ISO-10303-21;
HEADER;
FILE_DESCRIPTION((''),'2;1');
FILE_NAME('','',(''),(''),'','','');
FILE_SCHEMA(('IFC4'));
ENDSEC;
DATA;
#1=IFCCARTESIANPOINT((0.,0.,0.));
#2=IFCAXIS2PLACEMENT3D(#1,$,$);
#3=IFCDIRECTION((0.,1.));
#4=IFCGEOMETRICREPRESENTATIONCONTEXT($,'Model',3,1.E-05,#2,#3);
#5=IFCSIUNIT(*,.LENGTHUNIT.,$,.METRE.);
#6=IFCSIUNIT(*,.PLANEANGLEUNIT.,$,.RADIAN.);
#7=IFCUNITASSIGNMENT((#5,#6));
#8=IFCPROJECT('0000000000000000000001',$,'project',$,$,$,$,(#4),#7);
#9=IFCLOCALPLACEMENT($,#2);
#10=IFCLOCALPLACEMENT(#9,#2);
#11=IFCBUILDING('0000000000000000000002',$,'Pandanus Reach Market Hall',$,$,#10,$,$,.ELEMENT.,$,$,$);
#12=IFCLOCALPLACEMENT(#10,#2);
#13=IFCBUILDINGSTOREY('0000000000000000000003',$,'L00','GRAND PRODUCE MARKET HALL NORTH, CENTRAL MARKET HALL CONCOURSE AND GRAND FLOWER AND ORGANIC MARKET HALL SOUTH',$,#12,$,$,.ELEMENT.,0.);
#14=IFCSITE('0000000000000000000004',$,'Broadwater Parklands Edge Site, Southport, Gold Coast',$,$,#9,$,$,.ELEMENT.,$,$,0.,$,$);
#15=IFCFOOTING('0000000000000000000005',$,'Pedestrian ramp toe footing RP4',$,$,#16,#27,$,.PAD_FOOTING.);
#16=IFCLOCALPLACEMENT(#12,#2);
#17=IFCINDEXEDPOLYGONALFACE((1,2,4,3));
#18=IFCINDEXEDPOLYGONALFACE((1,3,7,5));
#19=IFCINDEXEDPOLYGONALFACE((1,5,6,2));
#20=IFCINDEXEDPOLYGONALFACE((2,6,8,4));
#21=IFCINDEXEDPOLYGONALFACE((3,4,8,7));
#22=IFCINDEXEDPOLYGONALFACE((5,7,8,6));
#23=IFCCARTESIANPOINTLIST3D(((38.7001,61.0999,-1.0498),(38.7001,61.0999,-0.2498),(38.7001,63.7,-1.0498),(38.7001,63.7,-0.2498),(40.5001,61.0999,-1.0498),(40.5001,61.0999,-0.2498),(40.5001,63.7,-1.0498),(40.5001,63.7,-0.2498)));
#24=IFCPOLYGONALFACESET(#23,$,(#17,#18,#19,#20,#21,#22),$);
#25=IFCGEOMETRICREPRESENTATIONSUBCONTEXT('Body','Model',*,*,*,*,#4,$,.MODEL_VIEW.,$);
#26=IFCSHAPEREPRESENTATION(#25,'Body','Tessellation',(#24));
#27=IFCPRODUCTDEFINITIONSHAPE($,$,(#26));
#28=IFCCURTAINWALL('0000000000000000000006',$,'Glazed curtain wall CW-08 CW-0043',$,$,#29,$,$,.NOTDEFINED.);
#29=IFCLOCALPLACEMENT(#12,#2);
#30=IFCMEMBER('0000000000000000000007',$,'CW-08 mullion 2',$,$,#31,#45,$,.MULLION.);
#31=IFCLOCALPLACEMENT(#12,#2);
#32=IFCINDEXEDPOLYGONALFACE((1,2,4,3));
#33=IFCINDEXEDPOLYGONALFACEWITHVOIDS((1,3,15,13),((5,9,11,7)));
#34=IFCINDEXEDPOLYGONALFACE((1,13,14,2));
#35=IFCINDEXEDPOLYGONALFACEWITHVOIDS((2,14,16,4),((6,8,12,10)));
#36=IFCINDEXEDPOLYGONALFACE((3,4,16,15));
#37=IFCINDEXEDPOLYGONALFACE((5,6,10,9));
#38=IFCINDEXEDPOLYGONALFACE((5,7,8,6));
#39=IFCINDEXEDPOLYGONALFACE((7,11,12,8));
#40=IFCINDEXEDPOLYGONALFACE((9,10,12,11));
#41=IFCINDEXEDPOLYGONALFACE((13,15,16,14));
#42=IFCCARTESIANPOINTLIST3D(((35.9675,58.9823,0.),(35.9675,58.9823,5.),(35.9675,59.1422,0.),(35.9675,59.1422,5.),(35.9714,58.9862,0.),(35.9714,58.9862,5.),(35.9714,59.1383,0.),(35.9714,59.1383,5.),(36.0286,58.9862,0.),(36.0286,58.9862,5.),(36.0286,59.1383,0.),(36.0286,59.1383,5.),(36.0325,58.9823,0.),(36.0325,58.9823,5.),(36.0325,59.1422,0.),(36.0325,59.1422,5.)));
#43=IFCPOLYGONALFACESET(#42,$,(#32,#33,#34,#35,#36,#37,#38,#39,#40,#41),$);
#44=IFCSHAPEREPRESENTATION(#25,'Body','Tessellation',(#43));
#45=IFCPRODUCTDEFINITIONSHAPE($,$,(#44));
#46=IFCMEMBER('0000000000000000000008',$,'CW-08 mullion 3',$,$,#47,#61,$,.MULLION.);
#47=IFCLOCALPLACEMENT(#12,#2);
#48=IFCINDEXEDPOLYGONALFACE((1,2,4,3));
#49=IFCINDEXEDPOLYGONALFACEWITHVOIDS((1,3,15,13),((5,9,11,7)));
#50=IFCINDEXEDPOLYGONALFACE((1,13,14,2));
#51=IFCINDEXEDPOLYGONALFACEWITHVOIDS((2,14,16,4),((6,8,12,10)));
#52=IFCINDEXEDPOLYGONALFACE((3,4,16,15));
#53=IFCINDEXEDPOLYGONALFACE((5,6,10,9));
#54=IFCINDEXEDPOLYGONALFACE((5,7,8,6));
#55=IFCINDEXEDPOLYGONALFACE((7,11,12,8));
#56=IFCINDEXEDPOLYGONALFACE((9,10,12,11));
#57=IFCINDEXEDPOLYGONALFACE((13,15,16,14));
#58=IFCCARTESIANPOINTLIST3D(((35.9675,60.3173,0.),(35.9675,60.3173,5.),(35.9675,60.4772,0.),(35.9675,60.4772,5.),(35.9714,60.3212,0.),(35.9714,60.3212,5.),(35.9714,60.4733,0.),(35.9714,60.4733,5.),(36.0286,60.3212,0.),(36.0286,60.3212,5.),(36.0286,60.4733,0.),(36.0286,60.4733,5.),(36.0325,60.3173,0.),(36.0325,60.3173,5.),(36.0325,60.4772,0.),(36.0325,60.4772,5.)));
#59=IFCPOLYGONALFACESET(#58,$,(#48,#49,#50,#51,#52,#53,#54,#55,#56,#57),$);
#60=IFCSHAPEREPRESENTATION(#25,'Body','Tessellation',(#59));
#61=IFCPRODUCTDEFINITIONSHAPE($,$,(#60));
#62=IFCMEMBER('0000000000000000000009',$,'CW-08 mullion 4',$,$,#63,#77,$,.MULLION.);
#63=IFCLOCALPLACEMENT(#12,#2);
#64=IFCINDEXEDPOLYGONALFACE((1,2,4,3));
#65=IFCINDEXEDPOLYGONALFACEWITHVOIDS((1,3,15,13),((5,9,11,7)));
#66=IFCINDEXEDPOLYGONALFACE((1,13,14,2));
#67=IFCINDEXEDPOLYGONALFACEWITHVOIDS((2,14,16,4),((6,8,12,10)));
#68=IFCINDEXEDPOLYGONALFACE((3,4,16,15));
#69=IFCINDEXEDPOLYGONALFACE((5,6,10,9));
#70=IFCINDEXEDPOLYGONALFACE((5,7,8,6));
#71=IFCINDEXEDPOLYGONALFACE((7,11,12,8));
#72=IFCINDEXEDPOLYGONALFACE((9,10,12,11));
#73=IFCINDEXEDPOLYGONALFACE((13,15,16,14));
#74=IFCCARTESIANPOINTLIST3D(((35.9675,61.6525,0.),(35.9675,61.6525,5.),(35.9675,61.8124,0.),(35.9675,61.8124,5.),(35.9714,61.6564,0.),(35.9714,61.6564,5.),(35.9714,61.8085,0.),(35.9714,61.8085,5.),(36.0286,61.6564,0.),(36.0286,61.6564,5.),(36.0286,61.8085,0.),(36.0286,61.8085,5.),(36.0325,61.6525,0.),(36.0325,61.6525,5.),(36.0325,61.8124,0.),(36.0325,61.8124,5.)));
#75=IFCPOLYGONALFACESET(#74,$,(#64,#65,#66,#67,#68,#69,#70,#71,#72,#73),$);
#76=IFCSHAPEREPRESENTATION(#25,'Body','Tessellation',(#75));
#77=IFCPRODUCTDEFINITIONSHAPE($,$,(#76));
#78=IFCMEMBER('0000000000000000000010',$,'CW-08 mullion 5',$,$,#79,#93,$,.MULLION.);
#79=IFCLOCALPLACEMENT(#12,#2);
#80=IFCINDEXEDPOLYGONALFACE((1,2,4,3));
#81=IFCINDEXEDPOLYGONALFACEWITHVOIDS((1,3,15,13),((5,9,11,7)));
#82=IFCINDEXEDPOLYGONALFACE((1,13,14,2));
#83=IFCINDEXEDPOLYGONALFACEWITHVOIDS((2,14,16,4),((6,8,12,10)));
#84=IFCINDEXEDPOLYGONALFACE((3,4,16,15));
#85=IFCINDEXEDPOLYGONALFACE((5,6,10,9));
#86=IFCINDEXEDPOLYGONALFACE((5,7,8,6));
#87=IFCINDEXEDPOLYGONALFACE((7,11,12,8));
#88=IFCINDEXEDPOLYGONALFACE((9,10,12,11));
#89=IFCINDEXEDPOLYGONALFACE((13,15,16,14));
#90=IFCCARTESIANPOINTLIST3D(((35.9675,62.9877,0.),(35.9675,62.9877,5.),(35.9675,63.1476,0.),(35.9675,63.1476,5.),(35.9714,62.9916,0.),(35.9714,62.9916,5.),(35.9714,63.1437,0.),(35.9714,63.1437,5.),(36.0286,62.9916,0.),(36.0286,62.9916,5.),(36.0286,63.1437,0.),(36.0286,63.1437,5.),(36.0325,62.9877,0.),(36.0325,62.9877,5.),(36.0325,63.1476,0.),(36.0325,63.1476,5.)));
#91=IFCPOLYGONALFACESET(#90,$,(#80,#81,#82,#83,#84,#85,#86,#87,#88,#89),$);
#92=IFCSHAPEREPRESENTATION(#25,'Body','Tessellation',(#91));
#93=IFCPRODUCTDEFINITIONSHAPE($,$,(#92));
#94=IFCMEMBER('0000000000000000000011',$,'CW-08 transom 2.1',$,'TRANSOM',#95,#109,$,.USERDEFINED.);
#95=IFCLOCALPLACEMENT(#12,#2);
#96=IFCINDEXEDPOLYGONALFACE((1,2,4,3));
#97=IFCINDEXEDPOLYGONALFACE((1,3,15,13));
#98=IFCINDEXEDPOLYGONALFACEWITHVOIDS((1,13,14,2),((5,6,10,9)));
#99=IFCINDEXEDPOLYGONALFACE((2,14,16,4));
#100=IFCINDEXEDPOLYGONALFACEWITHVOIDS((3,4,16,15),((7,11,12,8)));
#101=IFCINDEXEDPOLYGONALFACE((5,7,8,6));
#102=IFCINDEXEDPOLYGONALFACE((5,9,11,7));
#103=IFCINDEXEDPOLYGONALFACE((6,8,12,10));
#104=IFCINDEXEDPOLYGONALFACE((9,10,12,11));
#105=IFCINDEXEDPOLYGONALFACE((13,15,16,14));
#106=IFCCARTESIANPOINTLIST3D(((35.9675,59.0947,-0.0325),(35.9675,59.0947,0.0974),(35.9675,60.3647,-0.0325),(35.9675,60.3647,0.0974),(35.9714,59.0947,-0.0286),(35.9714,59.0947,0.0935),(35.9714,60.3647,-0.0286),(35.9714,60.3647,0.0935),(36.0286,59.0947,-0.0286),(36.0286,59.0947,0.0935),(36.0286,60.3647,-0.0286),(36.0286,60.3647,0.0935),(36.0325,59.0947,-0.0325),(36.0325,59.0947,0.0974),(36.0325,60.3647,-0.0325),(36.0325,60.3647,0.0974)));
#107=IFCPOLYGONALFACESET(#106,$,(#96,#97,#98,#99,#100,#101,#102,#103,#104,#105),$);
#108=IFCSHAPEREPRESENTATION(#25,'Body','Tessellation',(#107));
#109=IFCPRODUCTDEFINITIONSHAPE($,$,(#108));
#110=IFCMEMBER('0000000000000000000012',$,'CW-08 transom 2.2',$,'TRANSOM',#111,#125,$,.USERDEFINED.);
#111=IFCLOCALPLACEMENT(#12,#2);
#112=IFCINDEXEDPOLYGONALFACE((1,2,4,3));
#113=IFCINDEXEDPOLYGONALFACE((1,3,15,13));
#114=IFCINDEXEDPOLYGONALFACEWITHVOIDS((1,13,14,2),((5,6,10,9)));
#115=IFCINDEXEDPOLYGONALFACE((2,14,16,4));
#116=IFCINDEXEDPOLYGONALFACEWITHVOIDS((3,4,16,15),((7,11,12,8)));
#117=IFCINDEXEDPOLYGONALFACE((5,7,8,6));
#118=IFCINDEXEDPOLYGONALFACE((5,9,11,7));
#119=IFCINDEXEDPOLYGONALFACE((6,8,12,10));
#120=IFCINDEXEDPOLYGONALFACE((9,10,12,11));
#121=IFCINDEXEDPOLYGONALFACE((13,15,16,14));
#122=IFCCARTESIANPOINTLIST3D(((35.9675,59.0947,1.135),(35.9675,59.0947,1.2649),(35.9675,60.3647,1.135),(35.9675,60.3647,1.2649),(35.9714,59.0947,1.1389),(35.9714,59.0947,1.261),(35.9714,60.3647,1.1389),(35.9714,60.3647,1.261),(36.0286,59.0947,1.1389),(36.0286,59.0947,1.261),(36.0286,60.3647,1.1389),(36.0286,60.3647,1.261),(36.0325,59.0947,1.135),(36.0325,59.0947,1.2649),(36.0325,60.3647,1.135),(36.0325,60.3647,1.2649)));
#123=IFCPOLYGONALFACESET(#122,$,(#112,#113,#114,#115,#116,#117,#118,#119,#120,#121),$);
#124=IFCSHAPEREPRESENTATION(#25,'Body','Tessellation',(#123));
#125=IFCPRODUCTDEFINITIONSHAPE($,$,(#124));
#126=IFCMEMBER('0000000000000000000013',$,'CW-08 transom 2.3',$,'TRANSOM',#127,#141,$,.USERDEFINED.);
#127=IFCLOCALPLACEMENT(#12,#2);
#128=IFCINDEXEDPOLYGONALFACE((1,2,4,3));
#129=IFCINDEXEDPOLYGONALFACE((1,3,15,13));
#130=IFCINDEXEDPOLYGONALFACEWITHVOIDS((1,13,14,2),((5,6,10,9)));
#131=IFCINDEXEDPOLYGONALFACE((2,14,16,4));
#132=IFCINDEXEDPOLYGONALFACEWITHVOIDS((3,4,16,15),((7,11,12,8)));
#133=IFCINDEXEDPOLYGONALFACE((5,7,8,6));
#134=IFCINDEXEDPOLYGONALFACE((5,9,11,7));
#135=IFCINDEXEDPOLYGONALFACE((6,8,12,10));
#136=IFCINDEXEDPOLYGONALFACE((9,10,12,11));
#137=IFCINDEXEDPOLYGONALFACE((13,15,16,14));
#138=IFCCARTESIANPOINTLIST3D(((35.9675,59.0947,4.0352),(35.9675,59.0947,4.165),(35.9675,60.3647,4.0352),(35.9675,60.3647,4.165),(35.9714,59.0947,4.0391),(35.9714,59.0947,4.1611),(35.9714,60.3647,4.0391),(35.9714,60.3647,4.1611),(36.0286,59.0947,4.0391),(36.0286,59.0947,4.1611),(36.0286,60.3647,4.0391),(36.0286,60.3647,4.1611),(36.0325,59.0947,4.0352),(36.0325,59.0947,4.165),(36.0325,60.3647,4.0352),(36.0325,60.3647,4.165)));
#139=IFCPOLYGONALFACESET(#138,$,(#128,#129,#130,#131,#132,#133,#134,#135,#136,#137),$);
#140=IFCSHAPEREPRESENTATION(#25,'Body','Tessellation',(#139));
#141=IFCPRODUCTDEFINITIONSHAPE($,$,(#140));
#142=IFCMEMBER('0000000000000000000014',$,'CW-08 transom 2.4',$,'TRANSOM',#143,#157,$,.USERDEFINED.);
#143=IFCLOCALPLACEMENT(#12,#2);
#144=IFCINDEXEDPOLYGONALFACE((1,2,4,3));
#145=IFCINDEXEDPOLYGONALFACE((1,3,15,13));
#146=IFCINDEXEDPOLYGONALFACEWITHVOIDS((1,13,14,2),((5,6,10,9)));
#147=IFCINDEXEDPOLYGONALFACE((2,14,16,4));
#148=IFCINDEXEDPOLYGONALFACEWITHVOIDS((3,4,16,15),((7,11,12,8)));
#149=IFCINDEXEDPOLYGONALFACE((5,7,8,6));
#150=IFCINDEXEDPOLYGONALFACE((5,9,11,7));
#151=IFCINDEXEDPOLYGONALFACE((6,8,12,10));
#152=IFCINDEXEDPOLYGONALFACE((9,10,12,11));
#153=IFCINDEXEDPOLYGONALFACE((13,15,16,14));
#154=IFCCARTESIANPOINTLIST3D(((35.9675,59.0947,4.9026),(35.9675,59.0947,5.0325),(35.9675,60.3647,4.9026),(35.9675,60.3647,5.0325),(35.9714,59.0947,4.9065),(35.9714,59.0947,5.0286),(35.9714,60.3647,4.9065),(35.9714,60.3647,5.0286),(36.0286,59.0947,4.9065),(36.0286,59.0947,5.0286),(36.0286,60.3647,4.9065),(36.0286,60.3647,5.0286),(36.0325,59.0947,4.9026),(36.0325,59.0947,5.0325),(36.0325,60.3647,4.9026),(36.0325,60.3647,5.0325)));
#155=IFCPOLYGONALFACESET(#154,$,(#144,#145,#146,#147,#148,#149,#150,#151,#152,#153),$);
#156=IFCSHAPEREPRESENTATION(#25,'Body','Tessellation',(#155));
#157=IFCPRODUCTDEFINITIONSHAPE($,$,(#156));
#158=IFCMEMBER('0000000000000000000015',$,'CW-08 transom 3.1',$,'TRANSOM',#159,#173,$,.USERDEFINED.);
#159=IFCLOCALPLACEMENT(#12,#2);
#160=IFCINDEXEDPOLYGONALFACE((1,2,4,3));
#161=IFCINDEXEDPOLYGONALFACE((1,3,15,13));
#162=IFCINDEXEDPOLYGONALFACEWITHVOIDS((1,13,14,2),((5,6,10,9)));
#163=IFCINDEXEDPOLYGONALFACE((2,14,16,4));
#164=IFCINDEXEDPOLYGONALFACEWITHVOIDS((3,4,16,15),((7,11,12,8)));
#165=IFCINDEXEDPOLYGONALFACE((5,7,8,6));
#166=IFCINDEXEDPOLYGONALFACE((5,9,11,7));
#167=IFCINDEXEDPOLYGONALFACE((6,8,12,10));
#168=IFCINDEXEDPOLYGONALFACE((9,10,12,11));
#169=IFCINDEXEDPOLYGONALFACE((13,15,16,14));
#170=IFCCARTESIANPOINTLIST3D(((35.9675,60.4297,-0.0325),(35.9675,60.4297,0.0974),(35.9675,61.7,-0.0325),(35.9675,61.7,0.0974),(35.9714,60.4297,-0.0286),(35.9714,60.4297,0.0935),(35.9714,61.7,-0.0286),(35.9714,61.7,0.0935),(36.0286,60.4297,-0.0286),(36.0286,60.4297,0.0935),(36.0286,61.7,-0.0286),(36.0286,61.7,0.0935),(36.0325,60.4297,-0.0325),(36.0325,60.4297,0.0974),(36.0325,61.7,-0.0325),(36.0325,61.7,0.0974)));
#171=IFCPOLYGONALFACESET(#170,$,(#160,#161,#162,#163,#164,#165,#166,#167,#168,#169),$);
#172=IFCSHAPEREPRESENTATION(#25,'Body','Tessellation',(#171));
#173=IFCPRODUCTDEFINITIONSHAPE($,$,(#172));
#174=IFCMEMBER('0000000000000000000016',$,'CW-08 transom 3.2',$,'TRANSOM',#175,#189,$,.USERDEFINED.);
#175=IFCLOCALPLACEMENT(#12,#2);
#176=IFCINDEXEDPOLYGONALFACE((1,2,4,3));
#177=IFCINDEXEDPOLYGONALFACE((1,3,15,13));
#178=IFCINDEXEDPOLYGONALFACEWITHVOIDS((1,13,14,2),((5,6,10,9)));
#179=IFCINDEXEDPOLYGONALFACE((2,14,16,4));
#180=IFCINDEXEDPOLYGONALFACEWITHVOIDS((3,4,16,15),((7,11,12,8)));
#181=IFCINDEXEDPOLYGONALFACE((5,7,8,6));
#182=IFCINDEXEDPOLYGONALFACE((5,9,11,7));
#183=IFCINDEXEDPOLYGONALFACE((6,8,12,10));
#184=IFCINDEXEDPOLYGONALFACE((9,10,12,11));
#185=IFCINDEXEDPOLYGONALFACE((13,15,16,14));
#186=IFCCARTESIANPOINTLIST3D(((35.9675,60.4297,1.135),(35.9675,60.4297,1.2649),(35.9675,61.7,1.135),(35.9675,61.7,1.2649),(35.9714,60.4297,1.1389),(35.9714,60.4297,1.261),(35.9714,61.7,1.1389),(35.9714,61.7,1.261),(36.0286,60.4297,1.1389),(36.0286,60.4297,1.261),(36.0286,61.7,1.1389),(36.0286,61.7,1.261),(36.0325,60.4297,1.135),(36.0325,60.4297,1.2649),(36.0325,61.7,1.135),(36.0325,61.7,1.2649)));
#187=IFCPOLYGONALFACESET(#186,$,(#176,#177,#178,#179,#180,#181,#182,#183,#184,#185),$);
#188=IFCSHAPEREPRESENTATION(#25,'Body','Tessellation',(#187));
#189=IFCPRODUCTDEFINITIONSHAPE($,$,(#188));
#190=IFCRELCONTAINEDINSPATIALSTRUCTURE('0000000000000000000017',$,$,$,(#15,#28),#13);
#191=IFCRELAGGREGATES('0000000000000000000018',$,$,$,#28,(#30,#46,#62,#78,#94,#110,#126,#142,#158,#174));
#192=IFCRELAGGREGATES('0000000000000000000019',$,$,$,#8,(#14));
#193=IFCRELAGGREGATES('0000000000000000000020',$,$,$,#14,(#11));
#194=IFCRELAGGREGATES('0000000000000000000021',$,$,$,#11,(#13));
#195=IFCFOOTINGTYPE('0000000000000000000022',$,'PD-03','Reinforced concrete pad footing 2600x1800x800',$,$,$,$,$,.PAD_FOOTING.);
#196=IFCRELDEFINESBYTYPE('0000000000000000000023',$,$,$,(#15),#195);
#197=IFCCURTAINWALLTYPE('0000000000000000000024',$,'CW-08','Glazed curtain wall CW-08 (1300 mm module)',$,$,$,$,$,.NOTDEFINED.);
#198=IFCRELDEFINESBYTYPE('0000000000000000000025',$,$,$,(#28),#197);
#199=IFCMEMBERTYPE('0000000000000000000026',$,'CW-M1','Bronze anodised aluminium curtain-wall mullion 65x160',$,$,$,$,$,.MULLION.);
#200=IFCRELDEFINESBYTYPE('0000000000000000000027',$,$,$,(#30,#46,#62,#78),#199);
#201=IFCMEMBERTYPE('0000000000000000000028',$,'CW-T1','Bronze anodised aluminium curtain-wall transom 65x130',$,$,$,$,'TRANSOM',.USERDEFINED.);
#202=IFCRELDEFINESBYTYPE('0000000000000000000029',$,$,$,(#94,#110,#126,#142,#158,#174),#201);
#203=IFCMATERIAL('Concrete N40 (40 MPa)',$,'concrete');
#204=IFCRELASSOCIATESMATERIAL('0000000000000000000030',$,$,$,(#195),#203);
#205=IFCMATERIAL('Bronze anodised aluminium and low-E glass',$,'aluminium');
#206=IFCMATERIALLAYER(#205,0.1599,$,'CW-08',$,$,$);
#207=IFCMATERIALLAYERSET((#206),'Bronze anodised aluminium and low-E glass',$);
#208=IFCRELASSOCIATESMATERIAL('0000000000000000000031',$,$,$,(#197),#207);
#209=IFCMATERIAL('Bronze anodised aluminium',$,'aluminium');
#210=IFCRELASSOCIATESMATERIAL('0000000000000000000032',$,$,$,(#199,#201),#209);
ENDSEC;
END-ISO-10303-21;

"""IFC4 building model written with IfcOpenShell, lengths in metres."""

from ifc_helpers import new_model, si_unit, direction, frame, origin, origin_2d, place, context, subcontext, project, spatial, rectangle, hollow_rectangle, extrude, material, layer, layer_set, material_profile, profile_set, type_object, element, aggregate, save


model = new_model("IFC4")

# Units and contexts
model_context = context("Model", 3, precision=1e-05, world=origin(), true_north=direction((0.0, 1.0)))
body_context = subcontext(model_context, "Body", "Model", "MODEL_VIEW")
ifc_project = project(units=[si_unit("LENGTHUNIT", "METRE"), si_unit("PLANEANGLEUNIT", "RADIAN")], contexts=[model_context])

# Site, building, storey
site_placement = place(None, origin())
site = spatial("IfcSite", under=ifc_project, at=site_placement, Name="Broadwater Parklands Edge Site, Southport, Gold Coast", CompositionType="ELEMENT", RefElevation=0.0)
building_placement = place(site_placement, origin())
building = spatial("IfcBuilding", under=site, at=building_placement, Name="Pandanus Reach Market Hall", CompositionType="ELEMENT")
storey_placement = place(building_placement, origin())
storey = spatial("IfcBuildingStorey", under=building, at=storey_placement, Name="L00", Description="GRAND PRODUCE MARKET HALL NORTH, CENTRAL MARKET HALL CONCOURSE AND GRAND FLOWER AND ORGANIC MARKET HALL SOUTH", CompositionType="ELEMENT", Elevation=0.0)

# Footing
ifc_material_1 = material(Name="Concrete N40 (40 MPa)", Category="concrete")
footing_type = type_object("IfcFootingType", Name="PD-03", Description="Reinforced concrete pad footing 2600x1800x800", PredefinedType="PAD_FOOTING", material=ifc_material_1)
footing_placement = place(storey_placement, frame((39.6001, 62.3999, -1.0498), z_axis=(0.0, 0.0, 1.0), x_axis=(0.0, 1.0, 0.0)))
element("IfcFooting", 1, at=footing_placement, inside=storey, type_object=footing_type, Name="Pedestrian ramp toe footing RP4", PredefinedType="PAD_FOOTING", context=body_context, shape_type="SweptSolid", body=[
    extrude(rectangle(XDim=2.6001, YDim=1.8, at=origin_2d()), origin(), (0.0, 0.0, 1.0), 0.8),
])

# Curtain wall, members
ifc_material_2 = material(Name="Bronze anodised aluminium and low-E glass", Category="aluminium")
ifc_layer_1 = layer(ifc_material_2, 0.1599, Name="CW-08")
ifc_layer_set_1 = layer_set([ifc_layer_1], Name="Bronze anodised aluminium and low-E glass")
curtain_wall_type = type_object("IfcCurtainWallType", Name="CW-08", Description="Glazed curtain wall CW-08 (1300 mm module)", PredefinedType="NOTDEFINED", material=ifc_layer_set_1)
curtain_wall_placement = place(storey_placement, origin())
curtain_wall = element("IfcCurtainWall", 2, at=curtain_wall_placement, inside=storey, type_object=curtain_wall_type, Name="Glazed curtain wall CW-08 CW-0043", PredefinedType="NOTDEFINED")
ifc_material_3 = material(Name="Bronze anodised aluminium", Category="aluminium")
ifc_material_profile_1 = material_profile(ifc_material_3, hollow_rectangle(XDim=0.0649, YDim=0.1599, WallThickness=0.0039, at=origin_2d()), Name="ALU65x160", Category="LoadBearing")
ifc_profile_set_1 = profile_set([ifc_material_profile_1], Name="Bronze anodised aluminium")
member_type_1 = type_object("IfcMemberType", Name="CW-M1", Description="Bronze anodised aluminium curtain-wall mullion 65x160", PredefinedType="MULLION", material=ifc_profile_set_1)
member_1_placement = place(storey_placement, frame((36.0, 59.0623, 0.0), z_axis=(0.0, 0.0, 1.0), x_axis=(-1.0, 0.0, 0.0)))
member_1 = element("IfcMember", 3, at=member_1_placement, type_object=member_type_1, Name="CW-08 mullion 2", PredefinedType="MULLION", context=body_context, shape_type="SweptSolid", body=[
    extrude(hollow_rectangle(XDim=0.0649, YDim=0.1599, WallThickness=0.0039, at=origin_2d()), origin(), (0.0, 0.0, 1.0), 5.0),
])
member_2_placement = place(storey_placement, frame((36.0, 60.3972, 0.0), z_axis=(0.0, 0.0, 1.0), x_axis=(-1.0, 0.0, 0.0)))
member_2 = element("IfcMember", 4, at=member_2_placement, type_object=member_type_1, Name="CW-08 mullion 3", PredefinedType="MULLION", context=body_context, shape_type="SweptSolid", body=[
    extrude(hollow_rectangle(XDim=0.0649, YDim=0.1599, WallThickness=0.0039, at=origin_2d()), origin(), (0.0, 0.0, 1.0), 5.0),
])
member_3_placement = place(storey_placement, frame((36.0, 61.7324, 0.0), z_axis=(0.0, 0.0, 1.0), x_axis=(-1.0, 0.0, 0.0)))
member_3 = element("IfcMember", 5, at=member_3_placement, type_object=member_type_1, Name="CW-08 mullion 4", PredefinedType="MULLION", context=body_context, shape_type="SweptSolid", body=[
    extrude(hollow_rectangle(XDim=0.0649, YDim=0.1599, WallThickness=0.0039, at=origin_2d()), origin(), (0.0, 0.0, 1.0), 5.0),
])
member_4_placement = place(storey_placement, frame((36.0, 63.0676, 0.0), z_axis=(0.0, 0.0, 1.0), x_axis=(-1.0, 0.0, 0.0)))
member_4 = element("IfcMember", 6, at=member_4_placement, type_object=member_type_1, Name="CW-08 mullion 5", PredefinedType="MULLION", context=body_context, shape_type="SweptSolid", body=[
    extrude(hollow_rectangle(XDim=0.0649, YDim=0.1599, WallThickness=0.0039, at=origin_2d()), origin(), (0.0, 0.0, 1.0), 5.0),
])
ifc_material_profile_2 = material_profile(ifc_material_3, hollow_rectangle(XDim=0.0649, YDim=0.1299, WallThickness=0.0039, at=origin_2d()), Name="ALU65x130", Category="LoadBearing")
ifc_profile_set_2 = profile_set([ifc_material_profile_2], Name="Bronze anodised aluminium")
member_type_2 = type_object("IfcMemberType", Name="CW-T1", Description="Bronze anodised aluminium curtain-wall transom 65x130", ElementType="TRANSOM", PredefinedType="USERDEFINED", material=ifc_profile_set_2)
member_5_placement = place(storey_placement, frame((36.0, 59.0947, 0.0325), z_axis=(0.0, 1.0, 0.0), x_axis=(-1.0, 0.0, 0.0)))
member_5 = element("IfcMember", 7, at=member_5_placement, type_object=member_type_2, Name="CW-08 transom 2.1", ObjectType="TRANSOM", PredefinedType="USERDEFINED", context=body_context, shape_type="SweptSolid", body=[
    extrude(hollow_rectangle(XDim=0.0649, YDim=0.1299, WallThickness=0.0039, at=origin_2d()), origin(), (0.0, 0.0, 1.0), 1.27),
])
member_6_placement = place(storey_placement, frame((36.0, 59.0947, 1.2), z_axis=(0.0, 1.0, 0.0), x_axis=(-1.0, 0.0, 0.0)))
member_6 = element("IfcMember", 8, at=member_6_placement, type_object=member_type_2, Name="CW-08 transom 2.2", ObjectType="TRANSOM", PredefinedType="USERDEFINED", context=body_context, shape_type="SweptSolid", body=[
    extrude(hollow_rectangle(XDim=0.0649, YDim=0.1299, WallThickness=0.0039, at=origin_2d()), origin(), (0.0, 0.0, 1.0), 1.27),
])
member_7_placement = place(storey_placement, frame((36.0, 59.0947, 4.1001), z_axis=(0.0, 1.0, 0.0), x_axis=(-1.0, 0.0, 0.0)))
member_7 = element("IfcMember", 9, at=member_7_placement, type_object=member_type_2, Name="CW-08 transom 2.3", ObjectType="TRANSOM", PredefinedType="USERDEFINED", context=body_context, shape_type="SweptSolid", body=[
    extrude(hollow_rectangle(XDim=0.0649, YDim=0.1299, WallThickness=0.0039, at=origin_2d()), origin(), (0.0, 0.0, 1.0), 1.27),
])
member_8_placement = place(storey_placement, frame((36.0, 59.0947, 4.9675), z_axis=(0.0, 1.0, 0.0), x_axis=(-1.0, 0.0, 0.0)))
member_8 = element("IfcMember", 10, at=member_8_placement, type_object=member_type_2, Name="CW-08 transom 2.4", ObjectType="TRANSOM", PredefinedType="USERDEFINED", context=body_context, shape_type="SweptSolid", body=[
    extrude(hollow_rectangle(XDim=0.0649, YDim=0.1299, WallThickness=0.0039, at=origin_2d()), origin(), (0.0, 0.0, 1.0), 1.27),
])
member_9_placement = place(storey_placement, frame((36.0, 60.4297, 0.0325), z_axis=(0.0, 1.0, 0.0), x_axis=(-1.0, 0.0, 0.0)))
member_9 = element("IfcMember", 11, at=member_9_placement, type_object=member_type_2, Name="CW-08 transom 3.1", ObjectType="TRANSOM", PredefinedType="USERDEFINED", context=body_context, shape_type="SweptSolid", body=[
    extrude(hollow_rectangle(XDim=0.0649, YDim=0.1299, WallThickness=0.0039, at=origin_2d()), origin(), (0.0, 0.0, 1.0), 1.2703),
])
member_10_placement = place(storey_placement, frame((36.0, 60.4297, 1.2), z_axis=(0.0, 1.0, 0.0), x_axis=(-1.0, 0.0, 0.0)))
member_10 = element("IfcMember", 12, at=member_10_placement, type_object=member_type_2, Name="CW-08 transom 3.2", ObjectType="TRANSOM", PredefinedType="USERDEFINED", context=body_context, shape_type="SweptSolid", body=[
    extrude(hollow_rectangle(XDim=0.0649, YDim=0.1299, WallThickness=0.0039, at=origin_2d()), origin(), (0.0, 0.0, 1.0), 1.2703),
])
aggregate(curtain_wall, [member_1, member_2, member_3, member_4, member_5, member_6, member_7, member_8, member_9, member_10])

save(model, "model.ifc")
